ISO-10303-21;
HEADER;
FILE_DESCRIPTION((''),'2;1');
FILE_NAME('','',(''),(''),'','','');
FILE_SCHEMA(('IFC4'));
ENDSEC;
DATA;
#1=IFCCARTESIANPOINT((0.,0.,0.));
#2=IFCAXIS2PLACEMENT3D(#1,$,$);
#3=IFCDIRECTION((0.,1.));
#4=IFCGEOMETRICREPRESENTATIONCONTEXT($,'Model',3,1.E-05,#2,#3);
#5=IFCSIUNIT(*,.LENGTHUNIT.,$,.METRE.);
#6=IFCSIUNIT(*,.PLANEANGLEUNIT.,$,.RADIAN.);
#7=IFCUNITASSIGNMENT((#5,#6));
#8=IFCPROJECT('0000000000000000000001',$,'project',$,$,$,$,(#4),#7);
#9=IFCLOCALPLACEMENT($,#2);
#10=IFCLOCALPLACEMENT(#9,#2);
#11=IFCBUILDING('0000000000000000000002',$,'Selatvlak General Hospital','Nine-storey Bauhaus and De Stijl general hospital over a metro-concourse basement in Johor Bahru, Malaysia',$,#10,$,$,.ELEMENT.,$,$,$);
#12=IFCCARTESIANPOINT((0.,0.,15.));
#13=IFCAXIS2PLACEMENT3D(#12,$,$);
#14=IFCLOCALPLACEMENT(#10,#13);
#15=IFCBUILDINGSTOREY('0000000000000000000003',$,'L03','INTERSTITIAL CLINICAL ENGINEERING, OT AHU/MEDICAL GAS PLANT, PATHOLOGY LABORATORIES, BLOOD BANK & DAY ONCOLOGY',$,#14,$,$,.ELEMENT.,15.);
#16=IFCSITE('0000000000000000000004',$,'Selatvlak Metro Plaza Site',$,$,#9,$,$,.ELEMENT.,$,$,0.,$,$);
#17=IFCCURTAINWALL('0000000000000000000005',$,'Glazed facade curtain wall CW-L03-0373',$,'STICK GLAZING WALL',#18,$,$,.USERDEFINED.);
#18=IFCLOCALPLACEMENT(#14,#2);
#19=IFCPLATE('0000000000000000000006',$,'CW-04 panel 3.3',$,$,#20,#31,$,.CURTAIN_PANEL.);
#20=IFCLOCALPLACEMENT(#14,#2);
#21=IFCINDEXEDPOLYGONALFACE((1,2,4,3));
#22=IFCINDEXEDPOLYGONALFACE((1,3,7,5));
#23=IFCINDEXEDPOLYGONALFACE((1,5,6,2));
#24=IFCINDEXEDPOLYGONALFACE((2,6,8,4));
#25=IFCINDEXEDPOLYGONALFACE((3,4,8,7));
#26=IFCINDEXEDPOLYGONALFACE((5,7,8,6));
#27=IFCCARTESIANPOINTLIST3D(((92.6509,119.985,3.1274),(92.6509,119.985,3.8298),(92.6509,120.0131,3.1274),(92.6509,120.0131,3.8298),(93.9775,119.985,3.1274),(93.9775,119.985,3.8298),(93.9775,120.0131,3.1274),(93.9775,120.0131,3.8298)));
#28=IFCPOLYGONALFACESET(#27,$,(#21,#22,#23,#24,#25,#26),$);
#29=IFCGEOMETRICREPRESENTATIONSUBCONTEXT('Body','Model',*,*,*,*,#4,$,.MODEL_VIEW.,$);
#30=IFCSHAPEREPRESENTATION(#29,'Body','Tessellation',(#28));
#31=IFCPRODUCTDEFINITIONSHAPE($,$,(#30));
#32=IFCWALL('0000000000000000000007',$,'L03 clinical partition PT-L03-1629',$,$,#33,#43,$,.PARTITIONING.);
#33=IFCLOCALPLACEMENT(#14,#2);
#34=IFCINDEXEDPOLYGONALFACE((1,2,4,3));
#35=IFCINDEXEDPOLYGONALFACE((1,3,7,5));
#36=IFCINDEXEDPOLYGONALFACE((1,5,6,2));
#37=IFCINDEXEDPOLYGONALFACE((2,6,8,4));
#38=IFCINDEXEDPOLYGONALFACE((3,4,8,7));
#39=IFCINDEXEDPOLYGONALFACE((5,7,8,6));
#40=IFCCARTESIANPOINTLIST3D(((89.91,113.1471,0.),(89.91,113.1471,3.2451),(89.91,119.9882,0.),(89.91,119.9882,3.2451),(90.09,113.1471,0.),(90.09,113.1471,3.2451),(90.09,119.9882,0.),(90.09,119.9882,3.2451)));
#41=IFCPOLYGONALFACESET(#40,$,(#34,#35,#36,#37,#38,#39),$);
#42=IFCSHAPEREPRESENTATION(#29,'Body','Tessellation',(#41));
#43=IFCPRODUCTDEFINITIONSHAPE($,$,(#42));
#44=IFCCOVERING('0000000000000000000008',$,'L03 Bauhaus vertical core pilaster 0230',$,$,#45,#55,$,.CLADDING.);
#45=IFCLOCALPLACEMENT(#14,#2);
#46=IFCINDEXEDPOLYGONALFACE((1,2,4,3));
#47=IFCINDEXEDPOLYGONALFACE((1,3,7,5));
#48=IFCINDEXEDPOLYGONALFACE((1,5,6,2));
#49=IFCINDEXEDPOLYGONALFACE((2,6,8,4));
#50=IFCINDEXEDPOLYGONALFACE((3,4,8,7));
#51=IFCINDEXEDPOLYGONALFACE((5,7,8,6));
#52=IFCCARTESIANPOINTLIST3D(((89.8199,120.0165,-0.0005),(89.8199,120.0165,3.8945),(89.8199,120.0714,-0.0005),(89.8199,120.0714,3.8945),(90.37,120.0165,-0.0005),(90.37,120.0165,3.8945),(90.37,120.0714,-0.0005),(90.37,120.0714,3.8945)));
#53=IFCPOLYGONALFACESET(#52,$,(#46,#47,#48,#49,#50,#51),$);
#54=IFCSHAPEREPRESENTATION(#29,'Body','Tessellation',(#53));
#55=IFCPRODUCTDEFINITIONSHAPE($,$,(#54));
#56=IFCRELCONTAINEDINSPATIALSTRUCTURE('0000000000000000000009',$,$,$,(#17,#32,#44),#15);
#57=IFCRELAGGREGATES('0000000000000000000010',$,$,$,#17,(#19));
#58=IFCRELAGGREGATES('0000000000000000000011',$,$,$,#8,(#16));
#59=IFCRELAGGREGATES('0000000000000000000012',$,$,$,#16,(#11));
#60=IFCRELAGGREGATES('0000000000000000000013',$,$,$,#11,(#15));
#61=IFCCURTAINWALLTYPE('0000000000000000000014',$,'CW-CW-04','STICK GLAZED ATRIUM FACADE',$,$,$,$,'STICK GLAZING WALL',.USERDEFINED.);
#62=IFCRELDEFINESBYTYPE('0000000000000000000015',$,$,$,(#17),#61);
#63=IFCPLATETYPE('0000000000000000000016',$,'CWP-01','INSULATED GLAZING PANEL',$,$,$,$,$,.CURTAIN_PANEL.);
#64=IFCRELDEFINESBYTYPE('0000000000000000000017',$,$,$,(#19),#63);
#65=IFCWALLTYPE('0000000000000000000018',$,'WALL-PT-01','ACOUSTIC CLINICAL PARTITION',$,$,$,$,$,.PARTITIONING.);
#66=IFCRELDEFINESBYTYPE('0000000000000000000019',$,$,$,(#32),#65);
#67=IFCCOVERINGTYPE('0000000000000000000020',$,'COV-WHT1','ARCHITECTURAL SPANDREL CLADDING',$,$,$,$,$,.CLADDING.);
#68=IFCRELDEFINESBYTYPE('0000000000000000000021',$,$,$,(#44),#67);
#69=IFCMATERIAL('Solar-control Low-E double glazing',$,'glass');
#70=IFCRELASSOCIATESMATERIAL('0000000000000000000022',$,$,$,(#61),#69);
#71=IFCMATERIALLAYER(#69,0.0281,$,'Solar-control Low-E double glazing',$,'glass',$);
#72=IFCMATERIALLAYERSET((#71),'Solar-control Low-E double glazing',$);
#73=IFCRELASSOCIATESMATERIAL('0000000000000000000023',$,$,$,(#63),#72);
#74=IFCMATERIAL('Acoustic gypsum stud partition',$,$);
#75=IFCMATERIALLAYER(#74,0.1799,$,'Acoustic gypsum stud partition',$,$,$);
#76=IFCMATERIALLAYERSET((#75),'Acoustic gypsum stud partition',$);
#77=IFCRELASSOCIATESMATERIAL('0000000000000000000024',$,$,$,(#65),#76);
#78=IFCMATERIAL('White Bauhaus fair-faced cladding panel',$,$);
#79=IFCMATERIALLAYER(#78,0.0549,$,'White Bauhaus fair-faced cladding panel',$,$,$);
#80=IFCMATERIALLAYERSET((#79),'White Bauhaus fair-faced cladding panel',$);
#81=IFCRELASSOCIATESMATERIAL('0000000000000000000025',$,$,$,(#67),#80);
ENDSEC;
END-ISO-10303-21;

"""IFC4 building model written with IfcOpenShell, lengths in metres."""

from ifc_helpers import new_model, si_unit, direction, frame, frame_2d, origin, origin_2d, place, context, subcontext, project, spatial, rectangle, extrude, material, layer, layer_set, type_object, element, aggregate, save


model = new_model("IFC4")

# Units and contexts
model_context = context("Model", 3, precision=1e-05, world=origin(), true_north=direction((0.0, 1.0)))
body_context = subcontext(model_context, "Body", "Model", "MODEL_VIEW")
ifc_project = project(units=[si_unit("LENGTHUNIT", "METRE"), si_unit("PLANEANGLEUNIT", "RADIAN")], contexts=[model_context])

# Site, building, storey
site_placement = place(None, origin())
site = spatial("IfcSite", under=ifc_project, at=site_placement, Name="Selatvlak Metro Plaza Site", CompositionType="ELEMENT", RefElevation=0.0)
building_placement = place(site_placement, origin())
building = spatial("IfcBuilding", under=site, at=building_placement, Name="Selatvlak General Hospital", Description="Nine-storey Bauhaus and De Stijl general hospital over a metro-concourse basement in Johor Bahru, Malaysia", CompositionType="ELEMENT")
storey_placement = place(building_placement, frame((0.0, 0.0, 15.0)))
storey = spatial("IfcBuildingStorey", under=building, at=storey_placement, Name="L03", Description="INTERSTITIAL CLINICAL ENGINEERING, OT AHU/MEDICAL GAS PLANT, PATHOLOGY LABORATORIES, BLOOD BANK & DAY ONCOLOGY", CompositionType="ELEMENT", Elevation=15.0)

# Curtain wall, plate
ifc_material_1 = material(Name="Solar-control Low-E double glazing", Category="glass")
curtain_wall_type = type_object("IfcCurtainWallType", Name="CW-CW-04", Description="STICK GLAZED ATRIUM FACADE", ElementType="STICK GLAZING WALL", PredefinedType="USERDEFINED", material=ifc_material_1)
curtain_wall_placement = place(storey_placement, origin())
curtain_wall = element("IfcCurtainWall", 1, at=curtain_wall_placement, inside=storey, type_object=curtain_wall_type, Name="Glazed facade curtain wall CW-L03-0373", ObjectType="STICK GLAZING WALL", PredefinedType="USERDEFINED")
ifc_layer_1 = layer(ifc_material_1, 0.0281, Name="Solar-control Low-E double glazing", Category="glass")
ifc_layer_set_1 = layer_set([ifc_layer_1], Name="Solar-control Low-E double glazing")
plate_type = type_object("IfcPlateType", Name="CWP-01", Description="INSULATED GLAZING PANEL", PredefinedType="CURTAIN_PANEL", material=ifc_layer_set_1)
plate_1_placement = place(storey_placement, frame((93.3142, 119.999, 3.1274), z_axis=(0.0, 0.0, 1.0), x_axis=(1.0, 0.0, 0.0)))
plate_1 = element("IfcPlate", 2, at=plate_1_placement, type_object=plate_type, Name="CW-04 panel 3.3", PredefinedType="CURTAIN_PANEL", context=body_context, shape_type="SweptSolid", body=[
    extrude(rectangle(XDim=1.3267, YDim=0.0281, at=origin_2d()), origin(), (0.0, 0.0, 1.0), 0.7024),
])
aggregate(curtain_wall, [plate_1])

# Wall
ifc_material_2 = material(Name="Acoustic gypsum stud partition")
ifc_layer_2 = layer(ifc_material_2, 0.1799, Name="Acoustic gypsum stud partition")
ifc_layer_set_2 = layer_set([ifc_layer_2], Name="Acoustic gypsum stud partition")
wall_type = type_object("IfcWallType", Name="WALL-PT-01", Description="ACOUSTIC CLINICAL PARTITION", PredefinedType="PARTITIONING", material=ifc_layer_set_2)
wall_placement = place(storey_placement, frame((90.0, 119.988, 0.0), z_axis=(0.0, 0.0, 1.0), x_axis=(0.0, -1.0, 0.0)))
element("IfcWall", 3, at=wall_placement, inside=storey, type_object=wall_type, Name="L03 clinical partition PT-L03-1629", PredefinedType="PARTITIONING", context=body_context, shape_type="SweptSolid", body=[
    extrude(rectangle(XDim=6.8411, YDim=0.1799, at=frame_2d((3.4204, 0.0))), origin(), (0.0, 0.0, 1.0), 3.2451),
])

# Covering
ifc_material_3 = material(Name="White Bauhaus fair-faced cladding panel")
ifc_layer_3 = layer(ifc_material_3, 0.0549, Name="White Bauhaus fair-faced cladding panel")
ifc_layer_set_3 = layer_set([ifc_layer_3], Name="White Bauhaus fair-faced cladding panel")
covering_type = type_object("IfcCoveringType", Name="COV-WHT1", Description="ARCHITECTURAL SPANDREL CLADDING", PredefinedType="CLADDING", material=ifc_layer_set_3)
covering_placement = place(storey_placement, frame((90.095, 120.0439, -0.0005), z_axis=(0.0, 0.0, 1.0), x_axis=(1.0, 0.0, 0.0)))
element("IfcCovering", 4, at=covering_placement, inside=storey, type_object=covering_type, Name="L03 Bauhaus vertical core pilaster 0230", PredefinedType="CLADDING", context=body_context, shape_type="SweptSolid", body=[
    extrude(rectangle(XDim=0.55, YDim=0.0549, at=origin_2d()), origin(), (0.0, 0.0, 1.0), 3.895),
])

save(model, "model.ifc")
